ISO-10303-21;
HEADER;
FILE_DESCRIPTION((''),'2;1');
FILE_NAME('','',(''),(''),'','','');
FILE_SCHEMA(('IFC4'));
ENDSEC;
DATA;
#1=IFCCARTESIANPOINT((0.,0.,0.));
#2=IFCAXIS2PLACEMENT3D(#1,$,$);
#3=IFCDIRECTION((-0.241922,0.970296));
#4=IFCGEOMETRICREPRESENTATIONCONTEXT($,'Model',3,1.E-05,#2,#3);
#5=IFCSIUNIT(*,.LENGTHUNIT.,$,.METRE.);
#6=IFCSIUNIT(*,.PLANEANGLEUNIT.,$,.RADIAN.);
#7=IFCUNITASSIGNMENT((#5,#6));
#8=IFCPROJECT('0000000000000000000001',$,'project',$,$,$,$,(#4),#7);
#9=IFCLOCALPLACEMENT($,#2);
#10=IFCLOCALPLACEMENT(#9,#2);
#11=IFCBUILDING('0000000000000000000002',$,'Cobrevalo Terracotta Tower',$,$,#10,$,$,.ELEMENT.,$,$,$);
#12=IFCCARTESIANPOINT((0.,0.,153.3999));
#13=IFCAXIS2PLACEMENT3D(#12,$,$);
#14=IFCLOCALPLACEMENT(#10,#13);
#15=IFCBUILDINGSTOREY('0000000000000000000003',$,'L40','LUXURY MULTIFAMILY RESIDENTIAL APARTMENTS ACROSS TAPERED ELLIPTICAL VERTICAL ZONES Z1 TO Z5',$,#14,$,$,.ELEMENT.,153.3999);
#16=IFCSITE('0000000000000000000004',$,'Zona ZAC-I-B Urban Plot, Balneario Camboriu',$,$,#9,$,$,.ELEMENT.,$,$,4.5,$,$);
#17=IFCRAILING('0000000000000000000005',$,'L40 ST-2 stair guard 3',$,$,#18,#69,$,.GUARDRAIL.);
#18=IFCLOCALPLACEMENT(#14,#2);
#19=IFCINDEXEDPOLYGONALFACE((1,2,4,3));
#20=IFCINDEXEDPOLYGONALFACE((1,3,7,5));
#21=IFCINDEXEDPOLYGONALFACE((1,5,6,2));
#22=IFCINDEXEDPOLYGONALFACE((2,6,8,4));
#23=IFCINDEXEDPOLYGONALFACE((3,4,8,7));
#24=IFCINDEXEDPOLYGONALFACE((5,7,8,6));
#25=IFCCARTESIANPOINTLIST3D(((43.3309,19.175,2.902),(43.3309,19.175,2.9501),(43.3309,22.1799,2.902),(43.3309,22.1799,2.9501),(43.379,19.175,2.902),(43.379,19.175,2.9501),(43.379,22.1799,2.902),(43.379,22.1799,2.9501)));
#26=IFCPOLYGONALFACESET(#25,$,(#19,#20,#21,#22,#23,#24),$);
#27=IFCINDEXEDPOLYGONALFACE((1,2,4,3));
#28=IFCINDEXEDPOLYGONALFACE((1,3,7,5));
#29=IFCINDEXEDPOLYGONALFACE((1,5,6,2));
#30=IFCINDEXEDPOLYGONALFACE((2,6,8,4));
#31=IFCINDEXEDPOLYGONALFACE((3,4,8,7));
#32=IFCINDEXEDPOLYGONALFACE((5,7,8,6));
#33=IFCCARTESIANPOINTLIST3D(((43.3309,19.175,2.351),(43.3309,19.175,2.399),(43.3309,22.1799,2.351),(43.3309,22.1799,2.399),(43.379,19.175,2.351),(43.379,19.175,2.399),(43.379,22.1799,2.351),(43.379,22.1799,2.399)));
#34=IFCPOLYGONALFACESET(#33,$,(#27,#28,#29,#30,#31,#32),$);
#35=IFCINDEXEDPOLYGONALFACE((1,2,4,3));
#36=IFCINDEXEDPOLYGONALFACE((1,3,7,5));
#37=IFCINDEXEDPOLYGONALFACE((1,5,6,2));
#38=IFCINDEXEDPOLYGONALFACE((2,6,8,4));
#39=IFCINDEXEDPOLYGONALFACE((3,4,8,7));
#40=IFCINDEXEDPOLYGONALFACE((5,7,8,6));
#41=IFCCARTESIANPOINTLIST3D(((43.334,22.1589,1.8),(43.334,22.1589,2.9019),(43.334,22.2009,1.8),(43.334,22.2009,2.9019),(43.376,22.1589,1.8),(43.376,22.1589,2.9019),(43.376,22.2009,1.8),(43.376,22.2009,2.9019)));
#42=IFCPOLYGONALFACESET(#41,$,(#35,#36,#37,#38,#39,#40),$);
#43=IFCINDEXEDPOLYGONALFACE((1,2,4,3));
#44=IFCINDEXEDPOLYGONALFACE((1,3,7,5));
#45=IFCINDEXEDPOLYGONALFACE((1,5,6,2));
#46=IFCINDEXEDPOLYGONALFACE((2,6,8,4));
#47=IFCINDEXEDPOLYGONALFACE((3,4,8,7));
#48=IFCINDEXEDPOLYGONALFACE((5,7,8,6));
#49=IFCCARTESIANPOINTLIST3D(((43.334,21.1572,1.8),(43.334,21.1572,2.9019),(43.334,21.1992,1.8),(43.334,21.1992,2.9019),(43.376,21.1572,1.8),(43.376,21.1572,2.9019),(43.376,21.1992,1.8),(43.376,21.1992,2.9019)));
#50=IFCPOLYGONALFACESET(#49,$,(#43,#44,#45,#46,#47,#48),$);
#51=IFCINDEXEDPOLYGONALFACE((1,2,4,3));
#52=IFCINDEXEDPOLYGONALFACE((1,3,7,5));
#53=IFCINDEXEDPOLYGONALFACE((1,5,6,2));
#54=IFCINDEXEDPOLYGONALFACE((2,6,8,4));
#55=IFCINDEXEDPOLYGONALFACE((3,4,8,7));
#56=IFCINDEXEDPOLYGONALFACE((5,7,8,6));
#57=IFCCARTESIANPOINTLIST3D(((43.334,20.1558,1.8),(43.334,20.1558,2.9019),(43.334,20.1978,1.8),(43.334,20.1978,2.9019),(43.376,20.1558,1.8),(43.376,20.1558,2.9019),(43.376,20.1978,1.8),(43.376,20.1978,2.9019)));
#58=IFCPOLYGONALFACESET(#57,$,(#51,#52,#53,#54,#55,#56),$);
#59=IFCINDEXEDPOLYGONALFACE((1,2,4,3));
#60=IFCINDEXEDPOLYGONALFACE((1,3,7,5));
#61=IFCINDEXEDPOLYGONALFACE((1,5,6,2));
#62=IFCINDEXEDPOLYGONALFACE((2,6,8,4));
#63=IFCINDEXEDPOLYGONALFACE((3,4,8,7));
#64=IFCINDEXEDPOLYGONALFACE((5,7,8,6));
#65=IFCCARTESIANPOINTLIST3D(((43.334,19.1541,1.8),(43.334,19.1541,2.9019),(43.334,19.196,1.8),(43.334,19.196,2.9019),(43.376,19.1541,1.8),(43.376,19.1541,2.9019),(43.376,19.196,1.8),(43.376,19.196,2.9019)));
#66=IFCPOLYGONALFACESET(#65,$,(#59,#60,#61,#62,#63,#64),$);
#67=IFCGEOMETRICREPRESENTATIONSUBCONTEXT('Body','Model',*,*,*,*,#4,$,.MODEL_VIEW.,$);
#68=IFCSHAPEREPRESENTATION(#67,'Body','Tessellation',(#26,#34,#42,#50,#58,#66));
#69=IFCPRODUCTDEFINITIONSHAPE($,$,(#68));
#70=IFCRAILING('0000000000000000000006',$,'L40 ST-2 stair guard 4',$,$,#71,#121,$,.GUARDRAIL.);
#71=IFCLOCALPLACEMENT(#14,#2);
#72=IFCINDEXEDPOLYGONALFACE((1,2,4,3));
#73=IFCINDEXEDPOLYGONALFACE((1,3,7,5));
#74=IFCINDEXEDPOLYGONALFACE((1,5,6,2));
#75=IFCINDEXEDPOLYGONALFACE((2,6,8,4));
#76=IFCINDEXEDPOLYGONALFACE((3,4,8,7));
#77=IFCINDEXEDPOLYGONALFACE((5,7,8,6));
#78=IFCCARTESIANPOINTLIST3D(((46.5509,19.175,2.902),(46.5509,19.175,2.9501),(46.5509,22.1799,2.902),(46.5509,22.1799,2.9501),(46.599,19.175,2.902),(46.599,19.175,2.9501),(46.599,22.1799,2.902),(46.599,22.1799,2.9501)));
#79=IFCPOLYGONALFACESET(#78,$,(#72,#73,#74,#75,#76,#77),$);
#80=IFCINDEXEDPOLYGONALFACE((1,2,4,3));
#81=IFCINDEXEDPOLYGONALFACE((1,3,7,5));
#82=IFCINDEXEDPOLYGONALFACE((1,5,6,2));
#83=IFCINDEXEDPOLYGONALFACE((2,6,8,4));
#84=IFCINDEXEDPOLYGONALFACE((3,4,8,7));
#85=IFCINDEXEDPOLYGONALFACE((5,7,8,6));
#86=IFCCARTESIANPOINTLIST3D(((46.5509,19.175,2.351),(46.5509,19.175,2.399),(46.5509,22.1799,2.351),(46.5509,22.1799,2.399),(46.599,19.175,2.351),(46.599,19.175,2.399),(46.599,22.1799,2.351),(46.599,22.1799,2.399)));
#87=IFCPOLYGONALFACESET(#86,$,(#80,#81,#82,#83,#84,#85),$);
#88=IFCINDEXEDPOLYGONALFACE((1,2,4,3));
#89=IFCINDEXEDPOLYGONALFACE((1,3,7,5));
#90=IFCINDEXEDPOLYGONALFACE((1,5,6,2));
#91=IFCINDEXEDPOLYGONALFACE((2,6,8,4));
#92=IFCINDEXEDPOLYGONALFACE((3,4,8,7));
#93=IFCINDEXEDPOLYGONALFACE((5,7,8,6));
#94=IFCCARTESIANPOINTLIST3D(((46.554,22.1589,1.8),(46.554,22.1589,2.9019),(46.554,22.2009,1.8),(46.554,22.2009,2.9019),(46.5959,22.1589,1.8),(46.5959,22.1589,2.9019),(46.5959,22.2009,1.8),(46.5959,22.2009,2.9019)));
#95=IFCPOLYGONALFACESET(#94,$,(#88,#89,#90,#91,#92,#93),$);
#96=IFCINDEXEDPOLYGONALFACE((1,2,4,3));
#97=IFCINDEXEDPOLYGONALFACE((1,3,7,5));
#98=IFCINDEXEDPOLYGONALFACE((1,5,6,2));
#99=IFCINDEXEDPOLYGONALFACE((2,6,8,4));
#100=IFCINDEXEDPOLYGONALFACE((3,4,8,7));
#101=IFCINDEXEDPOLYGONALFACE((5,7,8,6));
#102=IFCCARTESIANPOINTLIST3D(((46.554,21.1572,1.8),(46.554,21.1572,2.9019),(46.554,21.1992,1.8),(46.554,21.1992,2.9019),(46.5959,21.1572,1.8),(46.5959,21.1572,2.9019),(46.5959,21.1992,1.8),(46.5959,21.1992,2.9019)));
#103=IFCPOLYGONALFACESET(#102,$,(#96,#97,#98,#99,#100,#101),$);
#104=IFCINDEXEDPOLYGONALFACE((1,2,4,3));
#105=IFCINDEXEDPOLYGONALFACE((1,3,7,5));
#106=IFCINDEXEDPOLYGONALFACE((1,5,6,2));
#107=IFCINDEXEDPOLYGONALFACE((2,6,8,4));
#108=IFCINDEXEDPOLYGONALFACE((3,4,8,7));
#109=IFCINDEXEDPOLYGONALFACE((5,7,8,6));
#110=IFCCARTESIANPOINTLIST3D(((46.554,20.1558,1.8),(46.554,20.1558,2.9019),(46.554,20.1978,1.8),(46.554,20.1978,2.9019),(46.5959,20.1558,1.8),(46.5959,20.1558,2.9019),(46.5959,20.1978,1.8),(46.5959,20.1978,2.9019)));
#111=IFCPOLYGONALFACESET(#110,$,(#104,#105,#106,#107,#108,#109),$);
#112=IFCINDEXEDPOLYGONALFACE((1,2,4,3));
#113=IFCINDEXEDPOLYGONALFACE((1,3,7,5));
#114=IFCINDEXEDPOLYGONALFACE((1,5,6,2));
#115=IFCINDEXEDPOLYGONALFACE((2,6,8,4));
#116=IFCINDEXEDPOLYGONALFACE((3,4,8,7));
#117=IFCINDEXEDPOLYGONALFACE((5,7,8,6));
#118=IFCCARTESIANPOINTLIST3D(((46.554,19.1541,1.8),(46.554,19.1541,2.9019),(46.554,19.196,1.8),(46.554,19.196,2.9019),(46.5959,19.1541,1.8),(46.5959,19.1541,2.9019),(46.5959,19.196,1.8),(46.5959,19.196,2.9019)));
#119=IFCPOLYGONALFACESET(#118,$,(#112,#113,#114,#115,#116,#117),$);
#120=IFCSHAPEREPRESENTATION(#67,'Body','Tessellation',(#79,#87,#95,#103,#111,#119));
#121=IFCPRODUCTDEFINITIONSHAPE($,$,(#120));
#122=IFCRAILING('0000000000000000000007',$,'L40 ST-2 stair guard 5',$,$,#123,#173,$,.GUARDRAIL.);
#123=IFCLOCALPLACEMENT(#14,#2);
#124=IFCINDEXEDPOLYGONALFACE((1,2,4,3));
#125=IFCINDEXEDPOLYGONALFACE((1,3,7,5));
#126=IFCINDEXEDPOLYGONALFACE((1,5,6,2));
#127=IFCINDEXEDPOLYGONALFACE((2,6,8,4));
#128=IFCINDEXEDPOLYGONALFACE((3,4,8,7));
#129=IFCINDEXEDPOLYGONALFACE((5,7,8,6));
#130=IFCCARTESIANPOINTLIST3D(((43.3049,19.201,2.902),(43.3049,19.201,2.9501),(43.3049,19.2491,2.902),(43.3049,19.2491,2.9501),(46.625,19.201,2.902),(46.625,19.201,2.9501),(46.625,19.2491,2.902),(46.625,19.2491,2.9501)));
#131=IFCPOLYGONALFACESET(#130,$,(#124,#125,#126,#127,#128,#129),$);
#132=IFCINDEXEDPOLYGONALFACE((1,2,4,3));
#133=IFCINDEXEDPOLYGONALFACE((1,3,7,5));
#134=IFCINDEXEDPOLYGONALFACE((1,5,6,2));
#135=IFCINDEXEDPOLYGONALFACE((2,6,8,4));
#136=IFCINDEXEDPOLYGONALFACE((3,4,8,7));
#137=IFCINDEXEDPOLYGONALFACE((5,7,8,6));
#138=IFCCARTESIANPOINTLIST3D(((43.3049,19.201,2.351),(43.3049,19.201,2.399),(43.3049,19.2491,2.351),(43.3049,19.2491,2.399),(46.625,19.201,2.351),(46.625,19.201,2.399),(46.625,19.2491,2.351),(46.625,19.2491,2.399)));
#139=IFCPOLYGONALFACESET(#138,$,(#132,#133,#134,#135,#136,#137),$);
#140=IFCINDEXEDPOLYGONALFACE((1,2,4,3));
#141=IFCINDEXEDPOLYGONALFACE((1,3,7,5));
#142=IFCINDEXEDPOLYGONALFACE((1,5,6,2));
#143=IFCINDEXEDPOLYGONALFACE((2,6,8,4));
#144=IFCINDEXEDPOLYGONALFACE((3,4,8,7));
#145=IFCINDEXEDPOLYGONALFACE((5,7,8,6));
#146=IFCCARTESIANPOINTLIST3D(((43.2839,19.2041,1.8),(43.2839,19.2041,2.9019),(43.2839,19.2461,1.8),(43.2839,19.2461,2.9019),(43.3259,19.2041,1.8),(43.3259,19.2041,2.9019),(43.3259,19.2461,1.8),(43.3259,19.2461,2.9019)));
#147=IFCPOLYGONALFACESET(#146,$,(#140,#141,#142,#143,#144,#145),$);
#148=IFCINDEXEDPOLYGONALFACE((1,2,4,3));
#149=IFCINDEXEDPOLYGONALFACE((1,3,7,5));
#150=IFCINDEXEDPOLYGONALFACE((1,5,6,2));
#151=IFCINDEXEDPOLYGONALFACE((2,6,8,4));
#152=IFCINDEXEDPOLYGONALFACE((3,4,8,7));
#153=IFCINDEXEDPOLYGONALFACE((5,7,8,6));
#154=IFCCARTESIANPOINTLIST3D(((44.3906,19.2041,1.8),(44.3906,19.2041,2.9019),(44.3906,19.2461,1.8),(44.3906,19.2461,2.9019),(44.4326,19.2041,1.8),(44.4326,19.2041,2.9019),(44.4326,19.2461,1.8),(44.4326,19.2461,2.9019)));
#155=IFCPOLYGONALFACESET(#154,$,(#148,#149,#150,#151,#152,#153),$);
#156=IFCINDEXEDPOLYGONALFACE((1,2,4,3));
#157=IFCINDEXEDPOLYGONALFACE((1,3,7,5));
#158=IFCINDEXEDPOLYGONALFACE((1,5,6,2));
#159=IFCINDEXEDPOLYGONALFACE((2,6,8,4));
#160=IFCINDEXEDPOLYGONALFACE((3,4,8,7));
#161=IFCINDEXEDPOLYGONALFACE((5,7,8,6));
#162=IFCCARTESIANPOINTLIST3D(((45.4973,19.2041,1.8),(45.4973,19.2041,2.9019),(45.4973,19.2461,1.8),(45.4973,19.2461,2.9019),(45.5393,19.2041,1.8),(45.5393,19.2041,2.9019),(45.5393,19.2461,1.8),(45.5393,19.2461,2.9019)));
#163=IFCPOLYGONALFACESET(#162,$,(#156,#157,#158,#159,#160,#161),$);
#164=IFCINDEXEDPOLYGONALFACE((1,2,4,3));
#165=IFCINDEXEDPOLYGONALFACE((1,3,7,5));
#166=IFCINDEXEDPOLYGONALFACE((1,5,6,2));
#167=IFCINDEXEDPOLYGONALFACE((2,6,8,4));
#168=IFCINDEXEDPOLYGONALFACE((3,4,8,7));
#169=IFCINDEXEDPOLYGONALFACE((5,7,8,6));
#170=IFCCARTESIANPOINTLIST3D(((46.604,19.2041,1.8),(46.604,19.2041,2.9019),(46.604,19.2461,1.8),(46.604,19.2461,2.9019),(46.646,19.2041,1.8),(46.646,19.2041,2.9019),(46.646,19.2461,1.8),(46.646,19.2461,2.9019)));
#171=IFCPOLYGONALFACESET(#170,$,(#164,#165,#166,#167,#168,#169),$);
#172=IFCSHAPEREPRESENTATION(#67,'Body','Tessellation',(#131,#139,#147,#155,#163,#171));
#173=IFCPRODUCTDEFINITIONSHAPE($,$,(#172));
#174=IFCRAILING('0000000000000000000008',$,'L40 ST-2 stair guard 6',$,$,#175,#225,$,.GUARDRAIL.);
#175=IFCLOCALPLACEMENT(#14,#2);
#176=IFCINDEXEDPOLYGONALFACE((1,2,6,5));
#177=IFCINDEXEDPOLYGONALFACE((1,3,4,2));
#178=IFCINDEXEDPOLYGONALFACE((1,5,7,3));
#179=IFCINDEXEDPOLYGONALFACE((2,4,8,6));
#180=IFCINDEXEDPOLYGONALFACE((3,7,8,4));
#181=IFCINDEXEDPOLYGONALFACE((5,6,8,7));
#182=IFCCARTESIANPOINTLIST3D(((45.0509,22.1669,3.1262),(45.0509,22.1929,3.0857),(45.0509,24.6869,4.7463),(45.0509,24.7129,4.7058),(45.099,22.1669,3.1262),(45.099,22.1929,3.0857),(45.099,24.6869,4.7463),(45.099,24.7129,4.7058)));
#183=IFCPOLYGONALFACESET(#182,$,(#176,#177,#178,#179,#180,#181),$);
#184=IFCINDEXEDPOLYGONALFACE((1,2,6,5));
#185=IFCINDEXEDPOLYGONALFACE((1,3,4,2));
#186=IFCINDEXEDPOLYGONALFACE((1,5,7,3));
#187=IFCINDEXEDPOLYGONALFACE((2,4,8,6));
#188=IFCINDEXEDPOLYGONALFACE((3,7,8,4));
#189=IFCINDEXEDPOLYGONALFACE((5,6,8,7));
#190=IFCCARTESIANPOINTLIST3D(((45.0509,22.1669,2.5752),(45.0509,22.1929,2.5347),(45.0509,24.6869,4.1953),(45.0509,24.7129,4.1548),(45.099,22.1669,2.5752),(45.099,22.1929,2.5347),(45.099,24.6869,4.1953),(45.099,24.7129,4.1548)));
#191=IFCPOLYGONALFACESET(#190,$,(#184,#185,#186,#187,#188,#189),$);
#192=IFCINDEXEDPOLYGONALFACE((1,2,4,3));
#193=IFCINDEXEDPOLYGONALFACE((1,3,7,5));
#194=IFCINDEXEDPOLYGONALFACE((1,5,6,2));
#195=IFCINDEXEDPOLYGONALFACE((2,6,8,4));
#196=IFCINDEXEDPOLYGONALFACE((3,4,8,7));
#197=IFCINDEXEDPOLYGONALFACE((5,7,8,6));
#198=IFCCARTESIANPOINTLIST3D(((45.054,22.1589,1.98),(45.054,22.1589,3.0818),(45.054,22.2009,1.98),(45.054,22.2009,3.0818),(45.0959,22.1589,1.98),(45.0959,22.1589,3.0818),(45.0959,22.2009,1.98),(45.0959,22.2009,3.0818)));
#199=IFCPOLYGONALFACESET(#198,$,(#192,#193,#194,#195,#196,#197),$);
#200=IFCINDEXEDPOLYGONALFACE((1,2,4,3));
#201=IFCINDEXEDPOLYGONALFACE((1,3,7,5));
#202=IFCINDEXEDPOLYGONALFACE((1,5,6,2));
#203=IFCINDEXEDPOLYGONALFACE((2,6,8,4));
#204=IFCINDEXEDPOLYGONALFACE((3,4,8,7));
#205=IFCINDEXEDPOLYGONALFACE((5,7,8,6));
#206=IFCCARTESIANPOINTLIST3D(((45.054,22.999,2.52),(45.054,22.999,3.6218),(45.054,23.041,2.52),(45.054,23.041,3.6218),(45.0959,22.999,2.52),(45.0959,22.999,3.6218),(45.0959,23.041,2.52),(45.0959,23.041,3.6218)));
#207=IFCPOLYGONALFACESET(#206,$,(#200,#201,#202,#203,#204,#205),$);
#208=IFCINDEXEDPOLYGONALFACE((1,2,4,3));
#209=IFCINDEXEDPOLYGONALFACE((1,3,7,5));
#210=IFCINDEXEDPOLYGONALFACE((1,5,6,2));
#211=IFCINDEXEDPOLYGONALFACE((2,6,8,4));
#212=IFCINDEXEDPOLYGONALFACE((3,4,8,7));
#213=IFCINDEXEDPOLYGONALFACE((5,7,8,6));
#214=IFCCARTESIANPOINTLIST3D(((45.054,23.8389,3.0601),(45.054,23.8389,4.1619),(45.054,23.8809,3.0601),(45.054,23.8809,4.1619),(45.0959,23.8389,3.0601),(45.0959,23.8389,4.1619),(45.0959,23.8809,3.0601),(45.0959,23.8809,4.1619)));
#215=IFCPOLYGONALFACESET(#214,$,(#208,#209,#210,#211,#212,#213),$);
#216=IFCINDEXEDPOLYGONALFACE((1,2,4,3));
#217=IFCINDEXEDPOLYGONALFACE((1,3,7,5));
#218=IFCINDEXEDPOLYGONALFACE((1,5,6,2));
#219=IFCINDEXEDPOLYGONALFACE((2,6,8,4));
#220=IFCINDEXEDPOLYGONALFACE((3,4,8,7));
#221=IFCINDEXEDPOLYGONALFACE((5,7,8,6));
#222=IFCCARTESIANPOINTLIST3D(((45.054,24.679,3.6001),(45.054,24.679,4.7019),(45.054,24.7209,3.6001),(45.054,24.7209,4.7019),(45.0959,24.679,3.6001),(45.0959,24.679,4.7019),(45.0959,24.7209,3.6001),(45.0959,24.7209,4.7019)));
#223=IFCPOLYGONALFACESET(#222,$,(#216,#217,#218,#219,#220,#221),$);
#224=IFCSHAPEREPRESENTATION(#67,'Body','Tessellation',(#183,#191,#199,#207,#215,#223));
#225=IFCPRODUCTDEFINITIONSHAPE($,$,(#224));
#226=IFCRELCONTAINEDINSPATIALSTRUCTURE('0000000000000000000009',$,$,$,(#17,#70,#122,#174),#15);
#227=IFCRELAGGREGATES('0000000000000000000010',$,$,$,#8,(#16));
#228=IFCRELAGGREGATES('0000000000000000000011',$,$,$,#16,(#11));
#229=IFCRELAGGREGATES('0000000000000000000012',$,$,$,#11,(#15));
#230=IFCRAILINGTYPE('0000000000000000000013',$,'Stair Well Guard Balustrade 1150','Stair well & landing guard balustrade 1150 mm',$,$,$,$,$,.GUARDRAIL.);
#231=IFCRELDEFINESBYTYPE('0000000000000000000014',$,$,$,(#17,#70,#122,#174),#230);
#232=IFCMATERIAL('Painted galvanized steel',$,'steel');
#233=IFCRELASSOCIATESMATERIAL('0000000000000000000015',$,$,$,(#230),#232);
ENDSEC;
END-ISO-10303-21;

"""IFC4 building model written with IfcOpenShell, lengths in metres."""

from ifc_helpers import new_model, si_unit, direction, frame, origin, origin_2d, place, context, subcontext, project, spatial, rectangle, extrude, material, type_object, element, save


model = new_model("IFC4")

# Units and contexts
model_context = context("Model", 3, precision=1e-05, world=origin(), true_north=direction((-0.241922, 0.970296)))
body_context = subcontext(model_context, "Body", "Model", "MODEL_VIEW")
ifc_project = project(units=[si_unit("LENGTHUNIT", "METRE"), si_unit("PLANEANGLEUNIT", "RADIAN")], contexts=[model_context])

# Site, building, storey
site_placement = place(None, origin())
site = spatial("IfcSite", under=ifc_project, at=site_placement, Name="Zona ZAC-I-B Urban Plot, Balneario Camboriu", CompositionType="ELEMENT", RefElevation=4.5)
building_placement = place(site_placement, origin())
building = spatial("IfcBuilding", under=site, at=building_placement, Name="Cobrevalo Terracotta Tower", CompositionType="ELEMENT")
storey_placement = place(building_placement, frame((0.0, 0.0, 153.3999)))
storey = spatial("IfcBuildingStorey", under=building, at=storey_placement, Name="L40", Description="LUXURY MULTIFAMILY RESIDENTIAL APARTMENTS ACROSS TAPERED ELLIPTICAL VERTICAL ZONES Z1 TO Z5", CompositionType="ELEMENT", Elevation=153.3999)

# Railings
ifc_material_1 = material(Name="Painted galvanized steel", Category="steel")
railing_type_1 = type_object("IfcRailingType", Name="Stair Well Guard Balustrade 1150", Description="Stair well & landing guard balustrade 1150 mm", PredefinedType="GUARDRAIL", material=ifc_material_1)
for number, where, name in (
    (1, (43.355, 22.1799, 1.8), "L40 ST-2 stair guard 3"),
    (2, (46.575, 22.1799, 1.8), "L40 ST-2 stair guard 4"),
):
    element("IfcRailing", number, at=place(storey_placement, frame(where)), inside=storey, type_object=railing_type_1, Name=name, PredefinedType="GUARDRAIL", context=body_context, shape_type="SweptSolid", body=[
        extrude(rectangle(XDim=0.0481, YDim=0.0481, at=origin_2d()), frame((0.0, 0.0, 1.126), z_axis=(0.0, -1.0, 0.0), x_axis=(1.0, 0.0, 0.0)), (0.0, 0.0, 1.0), 3.0049),
        extrude(rectangle(XDim=0.0481, YDim=0.0481, at=origin_2d()), frame((0.0, 0.0, 0.575), z_axis=(0.0, -1.0, 0.0), x_axis=(1.0, 0.0, 0.0)), (0.0, 0.0, 1.0), 3.0049),
        extrude(rectangle(XDim=0.042, YDim=0.042, at=origin_2d()), origin(), (0.0, 0.0, 1.0), 1.1018),
        extrude(rectangle(XDim=0.042, YDim=0.042, at=origin_2d()), frame((0.0, -1.0017, 0.0)), (0.0, 0.0, 1.0), 1.1018),
        extrude(rectangle(XDim=0.042, YDim=0.042, at=origin_2d()), frame((0.0, -2.0032, 0.0)), (0.0, 0.0, 1.0), 1.1018),
        extrude(rectangle(XDim=0.042, YDim=0.042, at=origin_2d()), frame((0.0, -3.0049, 0.0)), (0.0, 0.0, 1.0), 1.1018),
    ])
railing_1_placement = place(storey_placement, frame((43.3049, 19.2251, 1.8)))
element("IfcRailing", 3, at=railing_1_placement, inside=storey, type_object=railing_type_1, Name="L40 ST-2 stair guard 5", PredefinedType="GUARDRAIL", context=body_context, shape_type="SweptSolid", body=[
    extrude(rectangle(XDim=0.0481, YDim=0.0481, at=origin_2d()), frame((0.0, 0.0, 1.126), z_axis=(1.0, 0.0, 0.0), x_axis=(0.0, 1.0, 0.0)), (0.0, 0.0, 1.0), 3.3201),
    extrude(rectangle(XDim=0.0481, YDim=0.0481, at=origin_2d()), frame((0.0, 0.0, 0.575), z_axis=(1.0, 0.0, 0.0), x_axis=(0.0, 1.0, 0.0)), (0.0, 0.0, 1.0), 3.3201),
    extrude(rectangle(XDim=0.042, YDim=0.042, at=origin_2d()), origin(), (0.0, 0.0, 1.0), 1.1018),
    extrude(rectangle(XDim=0.042, YDim=0.042, at=origin_2d()), frame((1.1067, 0.0, 0.0)), (0.0, 0.0, 1.0), 1.1018),
    extrude(rectangle(XDim=0.042, YDim=0.042, at=origin_2d()), frame((2.2134, 0.0, 0.0)), (0.0, 0.0, 1.0), 1.1018),
    extrude(rectangle(XDim=0.042, YDim=0.042, at=origin_2d()), frame((3.3201, 0.0, 0.0)), (0.0, 0.0, 1.0), 1.1018),
])
railing_2_placement = place(storey_placement, frame((45.075, 22.1799, 1.98)))
element("IfcRailing", 4, at=railing_2_placement, inside=storey, type_object=railing_type_1, Name="L40 ST-2 stair guard 6", PredefinedType="GUARDRAIL", context=body_context, shape_type="SweptSolid", body=[
    extrude(rectangle(XDim=0.0481, YDim=0.0481, at=origin_2d()), frame((0.0, 0.0, 1.126), z_axis=(0.0, 0.841163, 0.540782), x_axis=(-1.0, 0.0, 0.0)), (0.0, 0.0, 1.0), 2.9958),
    extrude(rectangle(XDim=0.0481, YDim=0.0481, at=origin_2d()), frame((0.0, 0.0, 0.575), z_axis=(0.0, 0.841163, 0.540782), x_axis=(-1.0, 0.0, 0.0)), (0.0, 0.0, 1.0), 2.9958),
    extrude(rectangle(XDim=0.042, YDim=0.042, at=origin_2d()), origin(), (0.0, 0.0, 1.0), 1.1018),
    extrude(rectangle(XDim=0.042, YDim=0.042, at=origin_2d()), frame((0.0, 0.8401, 0.54)), (0.0, 0.0, 1.0), 1.1018),
    extrude(rectangle(XDim=0.042, YDim=0.042, at=origin_2d()), frame((0.0, 1.6799, 1.0801)), (0.0, 0.0, 1.0), 1.1018),
    extrude(rectangle(XDim=0.042, YDim=0.042, at=origin_2d()), frame((0.0, 2.52, 1.6201)), (0.0, 0.0, 1.0), 1.1018),
])

save(model, "model.ifc")
